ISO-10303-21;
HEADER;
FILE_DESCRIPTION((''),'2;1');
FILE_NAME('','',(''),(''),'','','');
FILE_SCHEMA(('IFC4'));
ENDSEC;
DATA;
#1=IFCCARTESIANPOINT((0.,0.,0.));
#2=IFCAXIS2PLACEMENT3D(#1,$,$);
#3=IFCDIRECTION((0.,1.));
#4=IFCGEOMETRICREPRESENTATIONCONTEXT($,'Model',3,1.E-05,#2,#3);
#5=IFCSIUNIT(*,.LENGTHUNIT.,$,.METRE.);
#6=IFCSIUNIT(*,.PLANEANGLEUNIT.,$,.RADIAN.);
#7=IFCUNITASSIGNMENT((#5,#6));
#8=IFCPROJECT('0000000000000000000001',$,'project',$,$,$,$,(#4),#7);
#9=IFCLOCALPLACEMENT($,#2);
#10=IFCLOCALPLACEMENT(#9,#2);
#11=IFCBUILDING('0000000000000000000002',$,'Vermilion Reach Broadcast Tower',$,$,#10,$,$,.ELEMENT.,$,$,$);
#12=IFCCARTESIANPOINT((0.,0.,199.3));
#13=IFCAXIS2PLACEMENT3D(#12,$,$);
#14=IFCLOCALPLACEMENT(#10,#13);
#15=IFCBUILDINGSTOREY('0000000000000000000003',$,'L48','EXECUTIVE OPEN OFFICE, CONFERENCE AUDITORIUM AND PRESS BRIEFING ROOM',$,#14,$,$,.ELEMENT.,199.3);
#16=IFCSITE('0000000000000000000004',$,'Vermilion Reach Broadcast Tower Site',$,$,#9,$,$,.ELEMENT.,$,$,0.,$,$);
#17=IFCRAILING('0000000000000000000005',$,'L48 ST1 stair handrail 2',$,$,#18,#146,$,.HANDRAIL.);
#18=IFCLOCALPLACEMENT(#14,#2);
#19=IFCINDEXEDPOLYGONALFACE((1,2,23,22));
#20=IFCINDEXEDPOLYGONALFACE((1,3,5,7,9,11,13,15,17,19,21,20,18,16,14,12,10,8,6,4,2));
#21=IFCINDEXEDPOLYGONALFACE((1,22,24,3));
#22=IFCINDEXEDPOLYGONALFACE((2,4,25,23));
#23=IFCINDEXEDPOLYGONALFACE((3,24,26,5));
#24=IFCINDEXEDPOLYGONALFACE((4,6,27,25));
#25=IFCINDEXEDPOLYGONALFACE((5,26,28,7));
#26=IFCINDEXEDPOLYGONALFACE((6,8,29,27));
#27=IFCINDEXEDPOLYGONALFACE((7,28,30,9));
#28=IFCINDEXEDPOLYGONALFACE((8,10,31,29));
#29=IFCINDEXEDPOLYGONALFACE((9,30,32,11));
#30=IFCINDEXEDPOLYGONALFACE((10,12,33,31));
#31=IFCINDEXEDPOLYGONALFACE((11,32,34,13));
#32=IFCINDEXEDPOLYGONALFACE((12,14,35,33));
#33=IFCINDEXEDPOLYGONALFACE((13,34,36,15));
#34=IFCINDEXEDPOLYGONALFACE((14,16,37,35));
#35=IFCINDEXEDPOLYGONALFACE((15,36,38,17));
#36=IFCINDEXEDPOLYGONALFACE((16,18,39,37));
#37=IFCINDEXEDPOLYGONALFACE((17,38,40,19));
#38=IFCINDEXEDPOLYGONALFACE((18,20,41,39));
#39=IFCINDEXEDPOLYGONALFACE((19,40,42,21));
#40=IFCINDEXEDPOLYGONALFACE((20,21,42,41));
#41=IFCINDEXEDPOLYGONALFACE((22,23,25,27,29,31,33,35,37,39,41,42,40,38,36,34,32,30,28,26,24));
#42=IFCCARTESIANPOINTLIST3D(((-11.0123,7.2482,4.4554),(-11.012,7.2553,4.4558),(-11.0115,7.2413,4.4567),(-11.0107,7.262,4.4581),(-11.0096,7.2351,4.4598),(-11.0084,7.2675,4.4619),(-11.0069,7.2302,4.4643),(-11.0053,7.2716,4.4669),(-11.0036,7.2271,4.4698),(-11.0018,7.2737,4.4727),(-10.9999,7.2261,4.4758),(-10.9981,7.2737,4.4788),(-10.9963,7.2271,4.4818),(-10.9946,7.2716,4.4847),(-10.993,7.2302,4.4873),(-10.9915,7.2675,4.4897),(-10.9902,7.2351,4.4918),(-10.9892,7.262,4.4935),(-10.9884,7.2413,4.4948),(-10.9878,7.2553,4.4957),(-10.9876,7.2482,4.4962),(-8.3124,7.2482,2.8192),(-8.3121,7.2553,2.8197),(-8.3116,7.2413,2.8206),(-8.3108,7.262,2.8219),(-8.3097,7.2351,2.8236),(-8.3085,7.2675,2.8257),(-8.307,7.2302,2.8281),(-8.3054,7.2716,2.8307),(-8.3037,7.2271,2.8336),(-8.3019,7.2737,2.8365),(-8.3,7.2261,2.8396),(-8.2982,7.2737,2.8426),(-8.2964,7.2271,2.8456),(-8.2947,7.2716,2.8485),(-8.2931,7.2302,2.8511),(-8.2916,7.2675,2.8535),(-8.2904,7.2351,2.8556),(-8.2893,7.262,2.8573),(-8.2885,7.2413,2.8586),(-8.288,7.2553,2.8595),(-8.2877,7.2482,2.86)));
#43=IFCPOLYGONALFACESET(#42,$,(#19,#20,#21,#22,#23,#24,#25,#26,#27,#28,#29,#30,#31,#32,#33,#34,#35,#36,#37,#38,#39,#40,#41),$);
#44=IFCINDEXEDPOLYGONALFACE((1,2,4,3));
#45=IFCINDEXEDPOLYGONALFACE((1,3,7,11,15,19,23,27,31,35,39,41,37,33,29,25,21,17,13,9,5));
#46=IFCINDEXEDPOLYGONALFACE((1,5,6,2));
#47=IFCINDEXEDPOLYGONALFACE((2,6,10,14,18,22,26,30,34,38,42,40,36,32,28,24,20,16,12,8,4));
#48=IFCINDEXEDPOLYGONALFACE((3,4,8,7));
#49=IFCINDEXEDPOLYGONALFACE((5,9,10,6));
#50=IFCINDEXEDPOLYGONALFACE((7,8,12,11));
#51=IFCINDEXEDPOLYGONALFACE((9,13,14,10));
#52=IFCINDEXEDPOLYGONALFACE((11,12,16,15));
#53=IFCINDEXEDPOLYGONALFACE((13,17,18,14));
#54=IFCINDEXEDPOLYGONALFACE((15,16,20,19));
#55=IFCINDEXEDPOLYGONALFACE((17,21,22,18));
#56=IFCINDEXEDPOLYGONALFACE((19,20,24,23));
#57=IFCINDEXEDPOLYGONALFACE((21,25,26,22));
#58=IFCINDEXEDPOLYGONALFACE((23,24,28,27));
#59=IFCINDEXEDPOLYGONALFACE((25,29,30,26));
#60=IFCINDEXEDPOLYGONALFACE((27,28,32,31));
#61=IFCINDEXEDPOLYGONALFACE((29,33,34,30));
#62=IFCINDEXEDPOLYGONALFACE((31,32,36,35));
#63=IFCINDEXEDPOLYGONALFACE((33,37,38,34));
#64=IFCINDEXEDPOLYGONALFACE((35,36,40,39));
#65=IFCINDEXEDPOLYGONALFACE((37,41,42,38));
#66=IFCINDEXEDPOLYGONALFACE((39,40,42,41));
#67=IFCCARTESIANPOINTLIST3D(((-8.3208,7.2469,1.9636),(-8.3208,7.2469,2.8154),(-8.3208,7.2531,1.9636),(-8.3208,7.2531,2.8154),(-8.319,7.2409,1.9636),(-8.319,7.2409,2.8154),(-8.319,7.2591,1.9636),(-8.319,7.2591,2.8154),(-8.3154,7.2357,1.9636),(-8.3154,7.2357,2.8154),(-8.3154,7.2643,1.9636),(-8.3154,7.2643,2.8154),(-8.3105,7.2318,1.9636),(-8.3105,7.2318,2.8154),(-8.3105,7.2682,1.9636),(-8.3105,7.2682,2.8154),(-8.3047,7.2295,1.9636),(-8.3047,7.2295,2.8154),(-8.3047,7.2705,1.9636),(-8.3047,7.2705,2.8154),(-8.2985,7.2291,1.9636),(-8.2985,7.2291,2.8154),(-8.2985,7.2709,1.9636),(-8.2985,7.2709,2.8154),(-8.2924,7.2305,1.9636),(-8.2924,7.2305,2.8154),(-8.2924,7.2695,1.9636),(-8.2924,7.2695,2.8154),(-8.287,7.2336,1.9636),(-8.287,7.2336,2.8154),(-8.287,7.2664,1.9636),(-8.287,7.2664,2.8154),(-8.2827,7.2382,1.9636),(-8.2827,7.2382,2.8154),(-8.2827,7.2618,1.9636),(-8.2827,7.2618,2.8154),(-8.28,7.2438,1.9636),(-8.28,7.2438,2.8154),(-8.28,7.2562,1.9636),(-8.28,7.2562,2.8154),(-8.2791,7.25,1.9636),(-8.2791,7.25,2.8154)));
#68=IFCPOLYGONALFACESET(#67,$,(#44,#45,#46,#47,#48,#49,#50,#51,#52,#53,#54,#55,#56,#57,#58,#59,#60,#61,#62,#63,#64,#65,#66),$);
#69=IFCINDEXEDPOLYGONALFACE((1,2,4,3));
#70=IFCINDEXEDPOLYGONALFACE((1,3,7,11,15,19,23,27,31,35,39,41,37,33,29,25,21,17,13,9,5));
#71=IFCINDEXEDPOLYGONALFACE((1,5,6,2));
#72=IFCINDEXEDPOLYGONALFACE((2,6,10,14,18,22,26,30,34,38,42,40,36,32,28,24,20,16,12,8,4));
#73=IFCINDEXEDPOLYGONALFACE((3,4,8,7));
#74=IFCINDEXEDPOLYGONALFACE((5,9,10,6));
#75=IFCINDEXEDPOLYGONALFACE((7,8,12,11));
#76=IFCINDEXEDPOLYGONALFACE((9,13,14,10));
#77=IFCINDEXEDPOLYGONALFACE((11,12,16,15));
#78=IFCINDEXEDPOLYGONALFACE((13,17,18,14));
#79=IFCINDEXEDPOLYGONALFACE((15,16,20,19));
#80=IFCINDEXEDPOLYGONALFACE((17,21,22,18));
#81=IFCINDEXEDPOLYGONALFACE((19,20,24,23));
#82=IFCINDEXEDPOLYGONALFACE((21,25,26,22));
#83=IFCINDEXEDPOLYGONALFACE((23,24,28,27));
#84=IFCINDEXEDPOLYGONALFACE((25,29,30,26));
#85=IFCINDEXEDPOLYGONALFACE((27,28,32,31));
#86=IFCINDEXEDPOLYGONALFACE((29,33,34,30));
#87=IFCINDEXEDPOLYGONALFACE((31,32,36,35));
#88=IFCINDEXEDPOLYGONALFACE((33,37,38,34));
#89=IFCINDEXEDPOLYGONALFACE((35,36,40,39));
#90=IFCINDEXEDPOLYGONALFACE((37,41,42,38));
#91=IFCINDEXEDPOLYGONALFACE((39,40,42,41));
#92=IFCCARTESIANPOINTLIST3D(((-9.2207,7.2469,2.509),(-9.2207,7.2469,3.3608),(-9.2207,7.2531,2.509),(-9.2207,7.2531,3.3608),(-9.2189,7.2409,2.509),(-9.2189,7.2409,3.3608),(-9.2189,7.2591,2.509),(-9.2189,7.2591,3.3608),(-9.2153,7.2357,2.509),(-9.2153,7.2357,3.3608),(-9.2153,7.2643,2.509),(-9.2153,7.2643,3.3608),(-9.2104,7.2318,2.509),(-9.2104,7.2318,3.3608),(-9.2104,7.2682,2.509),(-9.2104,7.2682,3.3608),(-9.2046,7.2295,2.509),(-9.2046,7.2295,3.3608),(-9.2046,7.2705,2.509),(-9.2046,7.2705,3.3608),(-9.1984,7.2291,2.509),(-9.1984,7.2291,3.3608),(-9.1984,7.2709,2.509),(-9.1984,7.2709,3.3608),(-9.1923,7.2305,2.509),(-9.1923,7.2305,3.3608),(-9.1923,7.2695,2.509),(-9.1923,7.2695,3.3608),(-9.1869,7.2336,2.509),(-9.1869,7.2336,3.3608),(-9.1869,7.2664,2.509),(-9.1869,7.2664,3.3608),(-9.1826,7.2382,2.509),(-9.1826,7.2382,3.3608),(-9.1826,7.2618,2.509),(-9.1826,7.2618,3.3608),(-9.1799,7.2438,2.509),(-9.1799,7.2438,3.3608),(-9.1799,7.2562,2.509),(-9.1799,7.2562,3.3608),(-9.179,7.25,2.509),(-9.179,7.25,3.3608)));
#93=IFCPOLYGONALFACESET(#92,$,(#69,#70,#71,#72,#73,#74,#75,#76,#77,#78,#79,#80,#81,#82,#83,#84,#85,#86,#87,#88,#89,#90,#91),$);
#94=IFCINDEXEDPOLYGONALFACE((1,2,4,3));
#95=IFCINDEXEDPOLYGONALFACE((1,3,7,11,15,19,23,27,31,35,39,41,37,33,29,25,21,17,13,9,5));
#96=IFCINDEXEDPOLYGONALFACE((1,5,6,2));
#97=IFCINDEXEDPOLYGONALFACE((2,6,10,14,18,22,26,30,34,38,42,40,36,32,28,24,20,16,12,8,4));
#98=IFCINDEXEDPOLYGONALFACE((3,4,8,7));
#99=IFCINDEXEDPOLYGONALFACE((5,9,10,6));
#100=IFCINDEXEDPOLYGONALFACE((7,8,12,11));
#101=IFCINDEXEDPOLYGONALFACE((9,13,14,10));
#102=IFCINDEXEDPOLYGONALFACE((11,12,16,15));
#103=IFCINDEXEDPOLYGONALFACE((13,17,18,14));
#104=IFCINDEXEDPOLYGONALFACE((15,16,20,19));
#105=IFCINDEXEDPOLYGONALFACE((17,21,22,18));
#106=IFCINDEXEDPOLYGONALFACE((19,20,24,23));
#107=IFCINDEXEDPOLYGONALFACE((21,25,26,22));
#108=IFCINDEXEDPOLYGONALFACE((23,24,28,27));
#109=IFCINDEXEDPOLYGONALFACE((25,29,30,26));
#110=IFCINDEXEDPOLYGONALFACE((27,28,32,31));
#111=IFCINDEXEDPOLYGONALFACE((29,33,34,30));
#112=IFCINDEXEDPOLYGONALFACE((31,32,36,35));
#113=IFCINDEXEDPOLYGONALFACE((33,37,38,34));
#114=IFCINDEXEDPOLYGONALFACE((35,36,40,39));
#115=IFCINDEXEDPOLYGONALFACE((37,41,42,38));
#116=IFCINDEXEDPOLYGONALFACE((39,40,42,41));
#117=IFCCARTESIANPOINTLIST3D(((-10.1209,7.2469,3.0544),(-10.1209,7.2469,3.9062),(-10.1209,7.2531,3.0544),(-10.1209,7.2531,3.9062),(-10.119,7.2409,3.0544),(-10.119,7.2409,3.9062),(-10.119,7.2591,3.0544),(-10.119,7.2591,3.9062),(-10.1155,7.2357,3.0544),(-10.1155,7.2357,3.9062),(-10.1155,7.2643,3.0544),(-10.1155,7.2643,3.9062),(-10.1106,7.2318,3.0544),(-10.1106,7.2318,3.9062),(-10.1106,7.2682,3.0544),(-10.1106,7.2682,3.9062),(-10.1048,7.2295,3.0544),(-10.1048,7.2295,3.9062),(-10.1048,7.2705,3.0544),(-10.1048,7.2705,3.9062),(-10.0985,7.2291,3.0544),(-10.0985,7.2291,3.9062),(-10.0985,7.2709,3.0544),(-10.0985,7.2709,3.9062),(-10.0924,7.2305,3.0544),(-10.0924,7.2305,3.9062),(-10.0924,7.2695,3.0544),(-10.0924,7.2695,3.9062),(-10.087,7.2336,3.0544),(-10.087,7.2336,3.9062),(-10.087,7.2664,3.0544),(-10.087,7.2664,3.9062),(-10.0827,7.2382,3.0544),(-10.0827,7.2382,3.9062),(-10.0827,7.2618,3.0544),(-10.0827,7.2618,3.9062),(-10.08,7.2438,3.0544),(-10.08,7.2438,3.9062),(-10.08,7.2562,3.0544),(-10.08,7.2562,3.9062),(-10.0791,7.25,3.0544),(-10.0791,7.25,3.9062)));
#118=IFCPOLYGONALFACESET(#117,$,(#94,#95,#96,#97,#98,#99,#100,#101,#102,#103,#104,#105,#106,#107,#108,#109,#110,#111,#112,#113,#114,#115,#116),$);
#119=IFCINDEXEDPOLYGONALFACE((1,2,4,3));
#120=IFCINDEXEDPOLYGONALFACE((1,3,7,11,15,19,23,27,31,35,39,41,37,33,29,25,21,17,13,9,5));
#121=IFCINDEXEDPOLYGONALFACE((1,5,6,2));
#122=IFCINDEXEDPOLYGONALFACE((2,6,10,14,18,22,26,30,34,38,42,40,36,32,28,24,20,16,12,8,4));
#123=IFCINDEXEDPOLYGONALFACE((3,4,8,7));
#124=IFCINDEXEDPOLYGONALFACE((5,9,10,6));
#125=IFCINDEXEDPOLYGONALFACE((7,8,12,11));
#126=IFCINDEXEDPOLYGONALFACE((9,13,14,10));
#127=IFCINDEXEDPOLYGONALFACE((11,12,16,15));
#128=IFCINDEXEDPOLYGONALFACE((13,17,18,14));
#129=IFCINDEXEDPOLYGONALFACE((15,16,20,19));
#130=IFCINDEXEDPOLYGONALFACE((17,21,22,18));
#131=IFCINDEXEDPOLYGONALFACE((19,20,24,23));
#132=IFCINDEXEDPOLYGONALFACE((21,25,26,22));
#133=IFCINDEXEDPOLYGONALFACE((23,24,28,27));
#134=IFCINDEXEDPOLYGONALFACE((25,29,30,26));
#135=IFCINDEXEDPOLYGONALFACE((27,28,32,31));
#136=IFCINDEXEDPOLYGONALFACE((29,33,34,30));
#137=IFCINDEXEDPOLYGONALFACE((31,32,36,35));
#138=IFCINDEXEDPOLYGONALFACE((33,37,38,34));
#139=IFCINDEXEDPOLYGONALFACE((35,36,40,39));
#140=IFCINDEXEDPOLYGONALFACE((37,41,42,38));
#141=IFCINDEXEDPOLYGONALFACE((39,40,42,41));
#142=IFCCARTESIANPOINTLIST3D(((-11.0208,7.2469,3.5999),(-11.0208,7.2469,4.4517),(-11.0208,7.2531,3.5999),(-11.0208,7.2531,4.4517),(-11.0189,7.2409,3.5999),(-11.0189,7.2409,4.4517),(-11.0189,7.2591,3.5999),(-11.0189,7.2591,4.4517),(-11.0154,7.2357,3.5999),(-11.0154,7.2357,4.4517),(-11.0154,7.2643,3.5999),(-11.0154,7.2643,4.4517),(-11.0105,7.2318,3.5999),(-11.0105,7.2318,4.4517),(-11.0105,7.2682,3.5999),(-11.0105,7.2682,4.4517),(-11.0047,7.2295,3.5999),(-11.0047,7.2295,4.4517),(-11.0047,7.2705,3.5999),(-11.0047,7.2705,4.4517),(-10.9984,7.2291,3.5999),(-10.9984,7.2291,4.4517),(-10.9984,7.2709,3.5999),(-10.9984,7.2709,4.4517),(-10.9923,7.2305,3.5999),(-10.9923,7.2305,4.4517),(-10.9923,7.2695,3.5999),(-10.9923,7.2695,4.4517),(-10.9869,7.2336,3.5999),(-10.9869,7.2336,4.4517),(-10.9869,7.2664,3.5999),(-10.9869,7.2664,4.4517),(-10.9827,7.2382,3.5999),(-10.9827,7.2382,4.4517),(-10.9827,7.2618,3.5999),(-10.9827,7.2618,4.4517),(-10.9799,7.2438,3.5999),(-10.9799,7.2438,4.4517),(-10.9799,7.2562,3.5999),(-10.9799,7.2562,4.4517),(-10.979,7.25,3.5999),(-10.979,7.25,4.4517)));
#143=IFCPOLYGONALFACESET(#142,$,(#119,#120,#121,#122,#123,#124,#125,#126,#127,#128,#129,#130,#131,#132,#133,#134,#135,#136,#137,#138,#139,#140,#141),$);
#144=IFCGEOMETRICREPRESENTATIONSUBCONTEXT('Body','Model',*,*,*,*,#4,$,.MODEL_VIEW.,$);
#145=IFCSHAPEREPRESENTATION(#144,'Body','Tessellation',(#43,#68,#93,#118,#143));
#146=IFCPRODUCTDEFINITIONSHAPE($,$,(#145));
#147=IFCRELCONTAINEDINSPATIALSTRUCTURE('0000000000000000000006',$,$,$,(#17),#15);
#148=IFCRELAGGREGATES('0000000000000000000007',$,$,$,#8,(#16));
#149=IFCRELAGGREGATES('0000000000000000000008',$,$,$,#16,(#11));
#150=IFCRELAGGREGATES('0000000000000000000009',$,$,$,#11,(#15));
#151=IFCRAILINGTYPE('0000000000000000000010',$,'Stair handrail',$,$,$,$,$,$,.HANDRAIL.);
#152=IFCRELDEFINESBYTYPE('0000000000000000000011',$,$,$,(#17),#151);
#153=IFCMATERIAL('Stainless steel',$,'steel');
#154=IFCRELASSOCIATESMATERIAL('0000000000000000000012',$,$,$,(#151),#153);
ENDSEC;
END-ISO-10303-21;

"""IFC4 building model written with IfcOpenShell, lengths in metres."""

from ifc_helpers import new_model, si_unit, direction, frame, origin, origin_2d, place, context, subcontext, project, spatial, circle, extrude, material, type_object, element, save


model = new_model("IFC4")

# Units and contexts
model_context = context("Model", 3, precision=1e-05, world=origin(), true_north=direction((0.0, 1.0)))
body_context = subcontext(model_context, "Body", "Model", "MODEL_VIEW")
ifc_project = project(units=[si_unit("LENGTHUNIT", "METRE"), si_unit("PLANEANGLEUNIT", "RADIAN")], contexts=[model_context])

# Site, building, storey
site_placement = place(None, origin())
site = spatial("IfcSite", under=ifc_project, at=site_placement, Name="Vermilion Reach Broadcast Tower Site", CompositionType="ELEMENT", RefElevation=0.0)
building_placement = place(site_placement, origin())
building = spatial("IfcBuilding", under=site, at=building_placement, Name="Vermilion Reach Broadcast Tower", CompositionType="ELEMENT")
storey_placement = place(building_placement, frame((0.0, 0.0, 199.3)))
storey = spatial("IfcBuildingStorey", under=building, at=storey_placement, Name="L48", Description="EXECUTIVE OPEN OFFICE, CONFERENCE AUDITORIUM AND PRESS BRIEFING ROOM", CompositionType="ELEMENT", Elevation=199.3)

# Railing
ifc_material_1 = material(Name="Stainless steel", Category="steel")
railing_type_1 = type_object("IfcRailingType", Name="Stair handrail", PredefinedType="HANDRAIL", material=ifc_material_1)
railing_1_placement = place(storey_placement, frame((-8.3, 7.25, 1.9636)))
element("IfcRailing", 1, at=railing_1_placement, inside=storey, type_object=railing_type_1, Name="L48 ST1 stair handrail 2", PredefinedType="HANDRAIL", context=body_context, shape_type="SweptSolid", body=[
    extrude(circle(Radius=0.0239, at=origin_2d()), frame((0.0, 0.0, 0.876), z_axis=(-0.855212, 0.0, 0.518278), x_axis=(0.0, -1.0, 0.0)), (0.0, 0.0, 1.0), 3.157),
    extrude(circle(Radius=0.021, at=origin_2d()), origin(), (0.0, 0.0, 1.0), 0.8518),
    extrude(circle(Radius=0.021, at=origin_2d()), frame((-0.8999, 0.0, 0.5454)), (0.0, 0.0, 1.0), 0.8518),
    extrude(circle(Radius=0.021, at=origin_2d()), frame((-1.8, 0.0, 1.0908)), (0.0, 0.0, 1.0), 0.8518),
    extrude(circle(Radius=0.021, at=origin_2d()), frame((-2.7, 0.0, 1.6362)), (0.0, 0.0, 1.0), 0.8518),
])

save(model, "model.ifc")
